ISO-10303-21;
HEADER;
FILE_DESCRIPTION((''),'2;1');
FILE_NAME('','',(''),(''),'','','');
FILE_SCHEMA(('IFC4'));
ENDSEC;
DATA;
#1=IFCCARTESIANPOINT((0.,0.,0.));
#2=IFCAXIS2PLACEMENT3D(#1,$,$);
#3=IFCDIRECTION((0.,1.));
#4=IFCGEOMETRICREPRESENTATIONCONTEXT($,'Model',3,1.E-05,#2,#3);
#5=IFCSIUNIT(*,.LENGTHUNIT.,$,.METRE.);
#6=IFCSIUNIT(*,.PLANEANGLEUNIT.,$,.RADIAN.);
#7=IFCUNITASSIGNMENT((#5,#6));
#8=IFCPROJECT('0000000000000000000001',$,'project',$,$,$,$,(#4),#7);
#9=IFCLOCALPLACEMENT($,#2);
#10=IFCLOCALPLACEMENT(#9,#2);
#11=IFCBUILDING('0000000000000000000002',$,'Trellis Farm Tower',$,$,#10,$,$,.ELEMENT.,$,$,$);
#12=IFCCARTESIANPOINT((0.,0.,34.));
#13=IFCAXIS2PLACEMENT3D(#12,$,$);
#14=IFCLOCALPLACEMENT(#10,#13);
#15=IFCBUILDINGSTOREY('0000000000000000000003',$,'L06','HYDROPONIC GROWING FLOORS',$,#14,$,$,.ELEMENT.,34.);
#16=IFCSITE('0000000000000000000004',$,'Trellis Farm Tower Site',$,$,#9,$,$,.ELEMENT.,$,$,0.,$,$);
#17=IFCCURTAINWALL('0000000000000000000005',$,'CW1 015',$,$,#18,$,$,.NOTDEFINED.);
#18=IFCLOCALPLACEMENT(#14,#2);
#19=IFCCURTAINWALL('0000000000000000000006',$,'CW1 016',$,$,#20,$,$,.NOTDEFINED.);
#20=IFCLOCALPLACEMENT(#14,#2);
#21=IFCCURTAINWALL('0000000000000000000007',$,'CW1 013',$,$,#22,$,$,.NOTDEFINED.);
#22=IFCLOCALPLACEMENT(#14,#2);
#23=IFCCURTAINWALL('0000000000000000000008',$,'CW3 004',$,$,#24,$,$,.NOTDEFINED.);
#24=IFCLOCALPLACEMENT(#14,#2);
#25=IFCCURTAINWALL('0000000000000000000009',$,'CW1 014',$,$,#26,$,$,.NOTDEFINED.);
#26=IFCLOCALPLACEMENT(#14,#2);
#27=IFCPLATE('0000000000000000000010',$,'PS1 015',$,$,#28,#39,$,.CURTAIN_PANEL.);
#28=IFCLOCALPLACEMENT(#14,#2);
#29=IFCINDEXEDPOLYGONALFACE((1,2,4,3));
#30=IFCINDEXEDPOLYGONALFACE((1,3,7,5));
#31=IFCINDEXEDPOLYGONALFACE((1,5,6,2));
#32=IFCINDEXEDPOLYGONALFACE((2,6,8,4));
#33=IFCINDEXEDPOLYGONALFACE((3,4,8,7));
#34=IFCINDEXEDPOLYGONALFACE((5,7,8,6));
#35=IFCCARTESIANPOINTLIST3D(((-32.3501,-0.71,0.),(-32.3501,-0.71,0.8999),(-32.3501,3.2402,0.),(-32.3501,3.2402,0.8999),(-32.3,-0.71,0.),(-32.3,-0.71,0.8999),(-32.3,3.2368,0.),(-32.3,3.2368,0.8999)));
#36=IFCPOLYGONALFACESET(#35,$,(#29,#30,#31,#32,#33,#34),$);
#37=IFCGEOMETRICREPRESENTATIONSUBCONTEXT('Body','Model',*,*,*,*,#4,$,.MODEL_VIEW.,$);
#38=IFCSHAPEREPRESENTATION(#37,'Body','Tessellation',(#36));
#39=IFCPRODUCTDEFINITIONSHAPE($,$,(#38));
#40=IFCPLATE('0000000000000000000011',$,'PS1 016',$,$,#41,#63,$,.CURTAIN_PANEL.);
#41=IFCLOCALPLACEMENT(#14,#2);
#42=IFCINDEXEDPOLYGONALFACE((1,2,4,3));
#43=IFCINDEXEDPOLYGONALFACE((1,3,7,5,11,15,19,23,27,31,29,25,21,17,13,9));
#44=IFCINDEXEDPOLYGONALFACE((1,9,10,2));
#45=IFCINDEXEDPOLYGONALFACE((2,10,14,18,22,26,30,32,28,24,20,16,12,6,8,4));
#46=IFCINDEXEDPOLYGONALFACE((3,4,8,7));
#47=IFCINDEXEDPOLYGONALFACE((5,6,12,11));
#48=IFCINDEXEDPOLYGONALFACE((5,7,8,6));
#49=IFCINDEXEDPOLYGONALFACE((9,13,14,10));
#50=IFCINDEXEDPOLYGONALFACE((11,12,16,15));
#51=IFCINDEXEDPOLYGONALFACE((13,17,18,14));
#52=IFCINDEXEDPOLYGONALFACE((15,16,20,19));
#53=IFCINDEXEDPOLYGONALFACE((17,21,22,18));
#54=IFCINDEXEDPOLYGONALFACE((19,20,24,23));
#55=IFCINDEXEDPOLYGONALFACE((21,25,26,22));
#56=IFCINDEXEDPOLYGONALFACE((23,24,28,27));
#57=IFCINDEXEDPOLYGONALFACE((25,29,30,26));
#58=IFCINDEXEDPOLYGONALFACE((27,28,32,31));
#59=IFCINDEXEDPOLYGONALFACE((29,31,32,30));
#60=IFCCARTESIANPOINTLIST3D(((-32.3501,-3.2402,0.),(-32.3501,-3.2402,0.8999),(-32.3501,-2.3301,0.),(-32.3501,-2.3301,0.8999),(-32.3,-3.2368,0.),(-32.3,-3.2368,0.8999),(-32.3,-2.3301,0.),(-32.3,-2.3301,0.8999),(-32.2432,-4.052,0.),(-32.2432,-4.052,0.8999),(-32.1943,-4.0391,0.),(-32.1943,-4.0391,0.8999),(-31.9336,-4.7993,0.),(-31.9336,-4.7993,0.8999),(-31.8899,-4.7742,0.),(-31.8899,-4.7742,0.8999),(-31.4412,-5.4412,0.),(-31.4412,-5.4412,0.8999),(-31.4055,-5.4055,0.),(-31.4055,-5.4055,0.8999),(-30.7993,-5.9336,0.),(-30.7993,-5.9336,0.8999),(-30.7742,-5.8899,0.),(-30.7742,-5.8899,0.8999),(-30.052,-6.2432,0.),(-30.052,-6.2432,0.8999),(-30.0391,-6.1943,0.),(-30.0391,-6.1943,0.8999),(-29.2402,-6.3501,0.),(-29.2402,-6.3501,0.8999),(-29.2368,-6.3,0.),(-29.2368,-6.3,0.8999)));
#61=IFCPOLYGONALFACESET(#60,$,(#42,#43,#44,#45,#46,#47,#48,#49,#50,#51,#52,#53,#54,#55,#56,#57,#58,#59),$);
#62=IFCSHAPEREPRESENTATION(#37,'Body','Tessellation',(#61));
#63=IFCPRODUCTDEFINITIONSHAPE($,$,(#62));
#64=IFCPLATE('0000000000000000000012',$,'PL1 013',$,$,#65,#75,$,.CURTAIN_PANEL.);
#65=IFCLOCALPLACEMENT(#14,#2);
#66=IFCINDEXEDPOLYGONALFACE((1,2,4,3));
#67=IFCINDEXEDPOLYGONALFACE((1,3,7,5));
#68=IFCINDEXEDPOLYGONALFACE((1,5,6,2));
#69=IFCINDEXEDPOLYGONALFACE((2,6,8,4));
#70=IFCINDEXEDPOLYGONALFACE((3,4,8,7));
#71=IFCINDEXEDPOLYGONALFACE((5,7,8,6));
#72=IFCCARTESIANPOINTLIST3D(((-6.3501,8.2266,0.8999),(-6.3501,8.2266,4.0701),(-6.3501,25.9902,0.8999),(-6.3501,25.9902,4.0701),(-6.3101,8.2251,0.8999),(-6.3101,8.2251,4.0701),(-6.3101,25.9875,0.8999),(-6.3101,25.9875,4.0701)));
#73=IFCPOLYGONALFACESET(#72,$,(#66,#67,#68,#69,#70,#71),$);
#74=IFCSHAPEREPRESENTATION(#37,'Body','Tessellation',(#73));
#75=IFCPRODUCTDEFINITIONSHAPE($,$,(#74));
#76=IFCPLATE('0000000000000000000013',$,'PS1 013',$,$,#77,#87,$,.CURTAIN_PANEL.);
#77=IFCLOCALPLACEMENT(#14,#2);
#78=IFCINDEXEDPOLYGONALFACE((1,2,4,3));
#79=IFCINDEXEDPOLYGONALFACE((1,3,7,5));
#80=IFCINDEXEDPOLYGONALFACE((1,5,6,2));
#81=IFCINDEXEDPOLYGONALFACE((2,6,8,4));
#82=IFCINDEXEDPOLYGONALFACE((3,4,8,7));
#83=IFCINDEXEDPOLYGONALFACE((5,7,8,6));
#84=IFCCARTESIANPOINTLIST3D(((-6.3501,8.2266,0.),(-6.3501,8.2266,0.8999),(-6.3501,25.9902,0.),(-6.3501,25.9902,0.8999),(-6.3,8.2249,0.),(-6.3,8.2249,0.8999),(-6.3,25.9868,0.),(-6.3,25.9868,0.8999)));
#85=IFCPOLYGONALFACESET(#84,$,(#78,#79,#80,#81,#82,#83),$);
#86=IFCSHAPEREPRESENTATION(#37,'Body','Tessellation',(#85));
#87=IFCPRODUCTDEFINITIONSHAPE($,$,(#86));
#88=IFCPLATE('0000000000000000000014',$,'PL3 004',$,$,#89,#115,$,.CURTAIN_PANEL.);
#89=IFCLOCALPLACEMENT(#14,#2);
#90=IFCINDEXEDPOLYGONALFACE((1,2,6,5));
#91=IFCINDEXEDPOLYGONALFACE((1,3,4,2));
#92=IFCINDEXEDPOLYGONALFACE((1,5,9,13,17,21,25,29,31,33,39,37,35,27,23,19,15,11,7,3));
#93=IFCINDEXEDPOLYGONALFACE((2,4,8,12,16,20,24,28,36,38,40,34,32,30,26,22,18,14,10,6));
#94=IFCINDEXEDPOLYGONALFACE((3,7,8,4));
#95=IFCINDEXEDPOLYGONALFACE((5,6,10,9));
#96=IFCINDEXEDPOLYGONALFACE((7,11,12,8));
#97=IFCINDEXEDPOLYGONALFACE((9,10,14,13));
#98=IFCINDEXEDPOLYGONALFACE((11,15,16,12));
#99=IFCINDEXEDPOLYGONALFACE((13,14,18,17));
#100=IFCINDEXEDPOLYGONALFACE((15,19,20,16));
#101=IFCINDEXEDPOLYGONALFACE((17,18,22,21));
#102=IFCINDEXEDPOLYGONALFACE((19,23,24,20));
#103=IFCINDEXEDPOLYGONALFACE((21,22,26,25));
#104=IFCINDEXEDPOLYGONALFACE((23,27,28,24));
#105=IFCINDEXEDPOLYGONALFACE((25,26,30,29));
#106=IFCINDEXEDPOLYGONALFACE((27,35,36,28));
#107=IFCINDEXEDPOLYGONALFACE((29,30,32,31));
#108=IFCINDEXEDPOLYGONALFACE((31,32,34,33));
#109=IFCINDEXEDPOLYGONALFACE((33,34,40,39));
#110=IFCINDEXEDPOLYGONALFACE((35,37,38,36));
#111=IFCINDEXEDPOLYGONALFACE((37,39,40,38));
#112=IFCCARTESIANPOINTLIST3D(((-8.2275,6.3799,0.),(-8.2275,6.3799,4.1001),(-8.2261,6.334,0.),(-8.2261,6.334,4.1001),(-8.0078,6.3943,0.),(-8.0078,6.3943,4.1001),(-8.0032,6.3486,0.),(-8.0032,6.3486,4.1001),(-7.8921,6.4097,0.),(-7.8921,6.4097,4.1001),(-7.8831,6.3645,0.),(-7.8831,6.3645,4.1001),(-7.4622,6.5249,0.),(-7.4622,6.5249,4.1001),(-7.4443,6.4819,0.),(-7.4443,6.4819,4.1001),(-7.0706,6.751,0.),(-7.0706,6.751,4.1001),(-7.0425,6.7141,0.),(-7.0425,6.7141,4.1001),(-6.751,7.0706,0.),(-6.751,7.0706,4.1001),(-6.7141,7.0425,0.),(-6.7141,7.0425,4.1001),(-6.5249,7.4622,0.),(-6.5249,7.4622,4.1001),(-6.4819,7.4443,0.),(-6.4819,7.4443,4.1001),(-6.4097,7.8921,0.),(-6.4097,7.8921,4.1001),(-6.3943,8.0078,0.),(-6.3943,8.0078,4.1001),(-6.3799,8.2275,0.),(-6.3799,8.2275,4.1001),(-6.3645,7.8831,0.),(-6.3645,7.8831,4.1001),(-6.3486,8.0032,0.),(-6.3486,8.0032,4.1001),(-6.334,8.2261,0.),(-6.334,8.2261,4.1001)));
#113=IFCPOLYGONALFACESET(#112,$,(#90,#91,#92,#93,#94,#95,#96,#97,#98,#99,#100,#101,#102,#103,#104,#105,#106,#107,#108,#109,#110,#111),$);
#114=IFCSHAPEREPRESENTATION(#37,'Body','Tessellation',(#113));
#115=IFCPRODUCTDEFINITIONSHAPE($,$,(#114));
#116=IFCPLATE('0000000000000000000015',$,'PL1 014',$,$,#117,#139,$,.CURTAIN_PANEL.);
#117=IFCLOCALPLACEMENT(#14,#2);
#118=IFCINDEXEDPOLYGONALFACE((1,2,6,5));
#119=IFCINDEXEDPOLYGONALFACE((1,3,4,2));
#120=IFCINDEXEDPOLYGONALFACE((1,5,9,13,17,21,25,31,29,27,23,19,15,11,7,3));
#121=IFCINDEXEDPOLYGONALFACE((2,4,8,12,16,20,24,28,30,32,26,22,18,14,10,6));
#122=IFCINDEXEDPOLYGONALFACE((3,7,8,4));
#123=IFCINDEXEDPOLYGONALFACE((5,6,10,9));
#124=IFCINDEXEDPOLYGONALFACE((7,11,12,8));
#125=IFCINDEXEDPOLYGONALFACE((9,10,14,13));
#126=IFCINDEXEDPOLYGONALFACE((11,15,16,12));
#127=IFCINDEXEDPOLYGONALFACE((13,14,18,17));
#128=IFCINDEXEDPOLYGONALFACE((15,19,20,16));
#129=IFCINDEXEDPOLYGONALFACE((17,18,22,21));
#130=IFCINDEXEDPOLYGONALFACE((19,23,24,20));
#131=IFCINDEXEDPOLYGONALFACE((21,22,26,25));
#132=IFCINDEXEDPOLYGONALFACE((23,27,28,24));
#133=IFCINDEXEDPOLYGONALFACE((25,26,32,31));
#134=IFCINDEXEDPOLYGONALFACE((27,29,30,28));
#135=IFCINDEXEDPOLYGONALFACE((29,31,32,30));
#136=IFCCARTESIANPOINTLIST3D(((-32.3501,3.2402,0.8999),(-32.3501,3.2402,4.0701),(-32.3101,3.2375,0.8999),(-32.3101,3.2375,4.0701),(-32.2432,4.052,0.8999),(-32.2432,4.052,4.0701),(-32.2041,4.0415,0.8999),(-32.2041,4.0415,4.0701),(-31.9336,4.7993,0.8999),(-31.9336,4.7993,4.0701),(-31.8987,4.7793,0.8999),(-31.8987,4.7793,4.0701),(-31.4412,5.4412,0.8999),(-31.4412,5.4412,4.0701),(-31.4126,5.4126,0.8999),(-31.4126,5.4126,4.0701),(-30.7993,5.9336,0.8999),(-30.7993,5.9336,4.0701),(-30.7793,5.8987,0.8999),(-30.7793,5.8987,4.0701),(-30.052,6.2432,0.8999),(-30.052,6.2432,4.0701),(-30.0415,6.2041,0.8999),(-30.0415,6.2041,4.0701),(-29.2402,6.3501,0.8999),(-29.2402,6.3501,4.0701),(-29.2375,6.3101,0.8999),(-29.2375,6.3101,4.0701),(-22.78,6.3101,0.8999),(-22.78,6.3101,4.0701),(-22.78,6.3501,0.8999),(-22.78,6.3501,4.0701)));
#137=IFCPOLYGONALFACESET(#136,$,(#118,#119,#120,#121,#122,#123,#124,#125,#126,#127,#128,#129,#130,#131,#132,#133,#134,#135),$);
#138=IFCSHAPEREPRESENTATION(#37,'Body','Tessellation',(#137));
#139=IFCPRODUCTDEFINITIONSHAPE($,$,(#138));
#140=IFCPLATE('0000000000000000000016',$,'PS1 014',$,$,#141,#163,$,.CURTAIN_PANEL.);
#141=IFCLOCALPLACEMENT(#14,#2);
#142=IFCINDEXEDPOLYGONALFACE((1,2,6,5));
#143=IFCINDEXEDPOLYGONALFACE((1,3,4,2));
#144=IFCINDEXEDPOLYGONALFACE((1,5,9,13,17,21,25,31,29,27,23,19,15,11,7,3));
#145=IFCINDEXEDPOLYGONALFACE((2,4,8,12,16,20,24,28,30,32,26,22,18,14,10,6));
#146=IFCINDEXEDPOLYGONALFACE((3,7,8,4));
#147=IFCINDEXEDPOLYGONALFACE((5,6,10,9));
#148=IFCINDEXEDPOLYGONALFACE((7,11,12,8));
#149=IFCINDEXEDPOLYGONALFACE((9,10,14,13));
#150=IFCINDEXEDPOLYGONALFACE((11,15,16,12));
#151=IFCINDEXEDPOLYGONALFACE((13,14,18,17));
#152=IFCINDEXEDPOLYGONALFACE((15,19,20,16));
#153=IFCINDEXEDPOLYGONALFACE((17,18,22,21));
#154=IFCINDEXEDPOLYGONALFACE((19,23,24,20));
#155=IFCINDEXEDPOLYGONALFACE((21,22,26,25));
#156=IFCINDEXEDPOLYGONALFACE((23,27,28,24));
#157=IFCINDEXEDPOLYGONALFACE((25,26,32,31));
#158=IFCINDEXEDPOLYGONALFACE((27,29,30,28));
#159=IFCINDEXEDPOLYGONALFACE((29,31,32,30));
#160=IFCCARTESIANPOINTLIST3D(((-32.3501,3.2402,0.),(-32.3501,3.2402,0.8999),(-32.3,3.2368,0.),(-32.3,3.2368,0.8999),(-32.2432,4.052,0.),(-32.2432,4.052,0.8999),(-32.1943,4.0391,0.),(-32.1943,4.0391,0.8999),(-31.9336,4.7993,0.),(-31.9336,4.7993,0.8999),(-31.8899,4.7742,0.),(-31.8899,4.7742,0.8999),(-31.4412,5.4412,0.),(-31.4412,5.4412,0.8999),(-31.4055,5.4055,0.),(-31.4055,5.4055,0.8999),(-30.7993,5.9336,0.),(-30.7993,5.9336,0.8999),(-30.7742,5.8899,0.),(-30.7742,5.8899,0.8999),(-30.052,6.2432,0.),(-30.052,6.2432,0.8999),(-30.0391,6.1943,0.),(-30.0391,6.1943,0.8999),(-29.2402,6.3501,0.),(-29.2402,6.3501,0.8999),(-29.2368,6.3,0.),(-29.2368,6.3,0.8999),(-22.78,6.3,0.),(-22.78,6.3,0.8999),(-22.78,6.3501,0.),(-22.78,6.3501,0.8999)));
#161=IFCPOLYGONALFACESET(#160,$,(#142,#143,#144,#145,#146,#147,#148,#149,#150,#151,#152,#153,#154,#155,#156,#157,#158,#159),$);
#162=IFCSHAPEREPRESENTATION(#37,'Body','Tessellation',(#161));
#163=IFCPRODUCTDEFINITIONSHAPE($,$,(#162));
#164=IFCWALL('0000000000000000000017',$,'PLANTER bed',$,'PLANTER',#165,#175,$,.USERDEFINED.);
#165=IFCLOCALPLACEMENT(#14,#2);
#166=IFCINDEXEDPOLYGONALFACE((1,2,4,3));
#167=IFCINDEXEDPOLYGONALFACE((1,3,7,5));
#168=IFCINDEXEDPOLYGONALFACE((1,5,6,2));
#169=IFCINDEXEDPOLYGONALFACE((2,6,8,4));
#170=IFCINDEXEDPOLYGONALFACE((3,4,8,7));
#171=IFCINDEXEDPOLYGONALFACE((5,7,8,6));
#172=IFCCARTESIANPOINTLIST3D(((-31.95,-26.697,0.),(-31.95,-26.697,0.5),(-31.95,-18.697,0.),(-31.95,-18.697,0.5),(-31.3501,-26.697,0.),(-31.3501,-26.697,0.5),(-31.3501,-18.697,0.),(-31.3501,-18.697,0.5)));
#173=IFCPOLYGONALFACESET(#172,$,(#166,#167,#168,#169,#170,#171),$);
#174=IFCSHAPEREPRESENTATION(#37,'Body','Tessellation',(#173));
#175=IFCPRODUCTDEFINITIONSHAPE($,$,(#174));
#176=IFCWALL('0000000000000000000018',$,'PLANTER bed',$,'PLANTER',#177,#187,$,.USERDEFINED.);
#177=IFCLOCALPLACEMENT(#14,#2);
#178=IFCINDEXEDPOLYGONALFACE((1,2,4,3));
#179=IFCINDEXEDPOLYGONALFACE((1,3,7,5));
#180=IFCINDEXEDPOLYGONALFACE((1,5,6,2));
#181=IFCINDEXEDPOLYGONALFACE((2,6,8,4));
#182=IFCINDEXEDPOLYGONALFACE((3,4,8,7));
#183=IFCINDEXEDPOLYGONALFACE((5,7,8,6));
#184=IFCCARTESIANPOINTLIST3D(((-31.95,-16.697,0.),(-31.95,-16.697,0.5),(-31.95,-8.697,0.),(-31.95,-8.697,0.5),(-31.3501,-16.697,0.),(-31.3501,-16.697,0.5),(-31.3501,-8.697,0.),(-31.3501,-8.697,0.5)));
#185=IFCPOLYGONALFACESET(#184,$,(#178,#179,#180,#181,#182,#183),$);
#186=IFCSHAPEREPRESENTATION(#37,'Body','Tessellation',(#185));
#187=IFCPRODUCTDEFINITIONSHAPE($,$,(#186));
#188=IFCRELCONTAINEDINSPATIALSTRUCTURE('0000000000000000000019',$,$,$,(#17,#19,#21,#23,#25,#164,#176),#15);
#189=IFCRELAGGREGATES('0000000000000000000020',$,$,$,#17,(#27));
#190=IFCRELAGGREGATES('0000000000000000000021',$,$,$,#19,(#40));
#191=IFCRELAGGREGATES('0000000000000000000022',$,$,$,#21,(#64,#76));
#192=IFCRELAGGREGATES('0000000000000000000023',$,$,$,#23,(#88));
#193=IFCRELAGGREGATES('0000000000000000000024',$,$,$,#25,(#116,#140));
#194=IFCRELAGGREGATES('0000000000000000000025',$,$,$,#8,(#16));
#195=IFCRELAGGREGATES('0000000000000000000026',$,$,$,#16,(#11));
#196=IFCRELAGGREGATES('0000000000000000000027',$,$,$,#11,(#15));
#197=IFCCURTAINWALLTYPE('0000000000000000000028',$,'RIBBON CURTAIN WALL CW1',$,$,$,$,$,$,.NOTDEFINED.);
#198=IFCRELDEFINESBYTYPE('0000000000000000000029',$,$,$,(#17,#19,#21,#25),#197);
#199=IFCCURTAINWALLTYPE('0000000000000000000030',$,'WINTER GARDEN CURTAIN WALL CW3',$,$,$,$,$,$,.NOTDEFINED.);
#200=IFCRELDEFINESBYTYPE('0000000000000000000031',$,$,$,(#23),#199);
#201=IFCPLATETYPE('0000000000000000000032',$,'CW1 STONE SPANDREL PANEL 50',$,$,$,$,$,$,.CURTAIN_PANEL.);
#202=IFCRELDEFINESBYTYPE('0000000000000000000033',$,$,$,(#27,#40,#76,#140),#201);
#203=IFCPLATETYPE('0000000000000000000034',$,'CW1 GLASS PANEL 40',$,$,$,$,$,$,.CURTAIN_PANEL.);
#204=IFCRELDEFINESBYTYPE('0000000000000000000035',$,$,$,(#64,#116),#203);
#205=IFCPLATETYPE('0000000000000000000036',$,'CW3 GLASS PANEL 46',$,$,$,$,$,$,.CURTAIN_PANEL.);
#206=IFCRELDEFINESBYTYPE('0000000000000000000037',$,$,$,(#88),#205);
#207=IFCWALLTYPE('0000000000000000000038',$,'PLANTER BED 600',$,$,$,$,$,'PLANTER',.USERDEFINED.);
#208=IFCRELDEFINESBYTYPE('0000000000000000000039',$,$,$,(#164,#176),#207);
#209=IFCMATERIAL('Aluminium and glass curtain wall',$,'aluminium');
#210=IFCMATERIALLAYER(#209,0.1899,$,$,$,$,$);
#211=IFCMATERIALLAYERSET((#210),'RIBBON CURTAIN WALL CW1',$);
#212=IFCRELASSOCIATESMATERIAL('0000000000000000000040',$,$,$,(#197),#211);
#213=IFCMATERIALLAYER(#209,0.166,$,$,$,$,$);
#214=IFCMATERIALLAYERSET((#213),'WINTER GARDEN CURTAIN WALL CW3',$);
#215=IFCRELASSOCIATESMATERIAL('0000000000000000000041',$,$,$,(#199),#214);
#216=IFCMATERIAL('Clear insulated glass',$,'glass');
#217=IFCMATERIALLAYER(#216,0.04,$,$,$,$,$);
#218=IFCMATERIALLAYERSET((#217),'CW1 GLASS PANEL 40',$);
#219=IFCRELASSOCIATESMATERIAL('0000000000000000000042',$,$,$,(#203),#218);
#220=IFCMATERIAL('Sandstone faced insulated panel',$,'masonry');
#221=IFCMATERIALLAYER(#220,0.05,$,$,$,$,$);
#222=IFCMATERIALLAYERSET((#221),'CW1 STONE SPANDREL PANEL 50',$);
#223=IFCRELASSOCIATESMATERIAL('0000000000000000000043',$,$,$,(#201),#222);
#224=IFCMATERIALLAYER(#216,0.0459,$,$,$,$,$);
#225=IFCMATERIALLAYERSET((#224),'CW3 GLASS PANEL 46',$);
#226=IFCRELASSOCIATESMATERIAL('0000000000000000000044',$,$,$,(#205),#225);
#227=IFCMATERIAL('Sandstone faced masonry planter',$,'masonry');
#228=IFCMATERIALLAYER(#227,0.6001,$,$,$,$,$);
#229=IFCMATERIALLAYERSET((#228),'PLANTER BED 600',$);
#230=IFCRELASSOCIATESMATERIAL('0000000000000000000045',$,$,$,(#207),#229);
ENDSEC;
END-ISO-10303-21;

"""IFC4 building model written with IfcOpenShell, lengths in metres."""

from ifc_helpers import new_model, si_unit, direction, frame, origin, place, context, subcontext, project, spatial, polyline, outline, extrude, source, transform, mapped, material, layer, layer_set, type_object, element, aggregate, save


model = new_model("IFC4")

# Units and contexts
model_context = context("Model", 3, precision=1e-05, world=origin(), true_north=direction((0.0, 1.0)))
body_context = subcontext(model_context, "Body", "Model", "MODEL_VIEW")
ifc_project = project(units=[si_unit("LENGTHUNIT", "METRE"), si_unit("PLANEANGLEUNIT", "RADIAN")], contexts=[model_context])

# Site, building, storey
site_placement = place(None, origin())
site = spatial("IfcSite", under=ifc_project, at=site_placement, Name="Trellis Farm Tower Site", CompositionType="ELEMENT", RefElevation=0.0)
building_placement = place(site_placement, origin())
building = spatial("IfcBuilding", under=site, at=building_placement, Name="Trellis Farm Tower", CompositionType="ELEMENT")
storey_placement = place(building_placement, frame((0.0, 0.0, 34.0)))
storey = spatial("IfcBuildingStorey", under=building, at=storey_placement, Name="L06", Description="HYDROPONIC GROWING FLOORS", CompositionType="ELEMENT", Elevation=34.0)

# Curtain walls
ifc_material_1 = material(Name="Aluminium and glass curtain wall", Category="aluminium")
ifc_layer_1 = layer(ifc_material_1, 0.1899)
ifc_layer_set_1 = layer_set([ifc_layer_1], Name="RIBBON CURTAIN WALL CW1")
curtain_wall_type_1 = type_object("IfcCurtainWallType", Name="RIBBON CURTAIN WALL CW1", PredefinedType="NOTDEFINED", material=ifc_layer_set_1)
placement_1 = place(storey_placement, origin())
curtain_wall_1 = element("IfcCurtainWall", 1, at=placement_1, inside=storey, type_object=curtain_wall_type_1, Name="CW1 015", PredefinedType="NOTDEFINED")
curtain_wall_2 = element("IfcCurtainWall", 2, at=placement_1, inside=storey, type_object=curtain_wall_type_1, Name="CW1 016", PredefinedType="NOTDEFINED")

# Curtain walls
curtain_wall_3 = element("IfcCurtainWall", 3, at=placement_1, inside=storey, type_object=curtain_wall_type_1, Name="CW1 013", PredefinedType="NOTDEFINED")
ifc_layer_2 = layer(ifc_material_1, 0.166)
ifc_layer_set_2 = layer_set([ifc_layer_2], Name="WINTER GARDEN CURTAIN WALL CW3")
curtain_wall_type_2 = type_object("IfcCurtainWallType", Name="WINTER GARDEN CURTAIN WALL CW3", PredefinedType="NOTDEFINED", material=ifc_layer_set_2)
curtain_wall_4 = element("IfcCurtainWall", 4, at=placement_1, inside=storey, type_object=curtain_wall_type_2, Name="CW3 004", PredefinedType="NOTDEFINED")
curtain_wall_5 = element("IfcCurtainWall", 5, at=placement_1, inside=storey, type_object=curtain_wall_type_1, Name="CW1 014", PredefinedType="NOTDEFINED")

# Plates
ifc_material_2 = material(Name="Clear insulated glass", Category="glass")
ifc_layer_3 = layer(ifc_material_2, 0.04)
ifc_layer_set_3 = layer_set([ifc_layer_3], Name="CW1 GLASS PANEL 40")
plate_type_1 = type_object("IfcPlateType", Name="CW1 GLASS PANEL 40", PredefinedType="CURTAIN_PANEL", material=ifc_layer_set_3)
placement_2 = place(storey_placement, frame((0.0, 0.0, 0.8999)))
ifc_material_3 = material(Name="Sandstone faced insulated panel", Category="masonry")
ifc_layer_4 = layer(ifc_material_3, 0.05)
ifc_layer_set_4 = layer_set([ifc_layer_4], Name="CW1 STONE SPANDREL PANEL 50")
plate_type_2 = type_object("IfcPlateType", Name="CW1 STONE SPANDREL PANEL 50", PredefinedType="CURTAIN_PANEL", material=ifc_layer_set_4)
plate_1 = element("IfcPlate", 6, at=placement_1, type_object=plate_type_2, Name="PS1 015", PredefinedType="CURTAIN_PANEL", context=body_context, shape_type="SweptSolid", body=[
    extrude(outline(polyline([(-32.3501, 3.2402), (-32.3501, -0.71), (-32.3, -0.71), (-32.3, 3.2368), (-32.3501, 3.2402)])), origin(), (0.0, 0.0, 1.0), 0.8999),
])
aggregate(curtain_wall_1, [plate_1])
plate_2 = element("IfcPlate", 7, at=placement_1, type_object=plate_type_2, Name="PS1 016", PredefinedType="CURTAIN_PANEL", context=body_context, shape_type="SweptSolid", body=[
    extrude(outline(polyline([(-32.3501, -2.3301), (-32.3501, -3.2402), (-32.2432, -4.052), (-31.9336, -4.7993), (-31.4412, -5.4412), (-30.7993, -5.9336), (-30.052, -6.2432), (-29.2402, -6.3501), (-29.2368, -6.3), (-30.0391, -6.1943), (-30.7742, -5.8899), (-31.4055, -5.4055), (-31.8899, -4.7742), (-32.1943, -4.0391), (-32.3, -3.2368), (-32.3, -2.3301), (-32.3501, -2.3301)])), origin(), (0.0, 0.0, 1.0), 0.8999),
])
aggregate(curtain_wall_2, [plate_2])
shared_shape_1 = source(origin(), body_context, "Body", "SweptSolid", [
    extrude(outline(polyline([(-6.3501, 25.9902), (-6.3501, 8.2266), (-6.3101, 8.2251), (-6.3101, 25.9875), (-6.3501, 25.9902)])), origin(), (0.0, 0.0, 1.0), 3.1702),
])
plate_3 = element("IfcPlate", 8, at=placement_2, type_object=plate_type_1, Name="PL1 013", PredefinedType="CURTAIN_PANEL", context=body_context, shape_type="MappedRepresentation", body=[
    mapped(shared_shape_1, transform((0.0, 0.0, 0.0))),
])
shared_shape_2 = source(origin(), body_context, "Body", "SweptSolid", [
    extrude(outline(polyline([(-6.3501, 25.9902), (-6.3501, 8.2266), (-6.3, 8.2249), (-6.3, 25.9868), (-6.3501, 25.9902)])), origin(), (0.0, 0.0, 1.0), 0.8999),
])
plate_4 = element("IfcPlate", 9, at=placement_1, type_object=plate_type_2, Name="PS1 013", PredefinedType="CURTAIN_PANEL", context=body_context, shape_type="MappedRepresentation", body=[
    mapped(shared_shape_2, transform((0.0, 0.0, 0.0))),
])
aggregate(curtain_wall_3, [plate_3, plate_4])
ifc_layer_5 = layer(ifc_material_2, 0.0459)
ifc_layer_set_5 = layer_set([ifc_layer_5], Name="CW3 GLASS PANEL 46")
plate_type_3 = type_object("IfcPlateType", Name="CW3 GLASS PANEL 46", PredefinedType="CURTAIN_PANEL", material=ifc_layer_set_5)
shared_shape_3 = source(origin(), body_context, "Body", "SweptSolid", [
    extrude(outline(polyline([(-6.3799, 8.2275), (-6.3943, 8.0078), (-6.4097, 7.8921), (-6.5249, 7.4622), (-6.751, 7.0706), (-7.0706, 6.751), (-7.4622, 6.5249), (-7.8921, 6.4097), (-8.0078, 6.3943), (-8.2275, 6.3799), (-8.2261, 6.334), (-8.0032, 6.3486), (-7.8831, 6.3645), (-7.4443, 6.4819), (-7.0425, 6.7141), (-6.7141, 7.0425), (-6.4819, 7.4443), (-6.3645, 7.8831), (-6.3486, 8.0032), (-6.334, 8.2261), (-6.3799, 8.2275)])), origin(), (0.0, 0.0, 1.0), 4.1001),
])
plate_5 = element("IfcPlate", 10, at=placement_1, type_object=plate_type_3, Name="PL3 004", PredefinedType="CURTAIN_PANEL", context=body_context, shape_type="MappedRepresentation", body=[
    mapped(shared_shape_3, transform((0.0, 0.0, 0.0))),
])
aggregate(curtain_wall_4, [plate_5])
shared_shape_4 = source(origin(), body_context, "Body", "SweptSolid", [
    extrude(outline(polyline([(-22.78, 6.3501), (-29.2402, 6.3501), (-30.052, 6.2432), (-30.7993, 5.9336), (-31.4412, 5.4412), (-31.9336, 4.7993), (-32.2432, 4.052), (-32.3501, 3.2402), (-32.3101, 3.2375), (-32.2041, 4.0415), (-31.8987, 4.7793), (-31.4126, 5.4126), (-30.7793, 5.8987), (-30.0415, 6.2041), (-29.2375, 6.3101), (-22.78, 6.3101), (-22.78, 6.3501)])), origin(), (0.0, 0.0, 1.0), 3.1702),
])
plate_6 = element("IfcPlate", 11, at=placement_2, type_object=plate_type_1, Name="PL1 014", PredefinedType="CURTAIN_PANEL", context=body_context, shape_type="MappedRepresentation", body=[
    mapped(shared_shape_4, transform((0.0, 0.0, 0.0))),
])
shared_shape_5 = source(origin(), body_context, "Body", "SweptSolid", [
    extrude(outline(polyline([(-22.78, 6.3501), (-29.2402, 6.3501), (-30.052, 6.2432), (-30.7993, 5.9336), (-31.4412, 5.4412), (-31.9336, 4.7993), (-32.2432, 4.052), (-32.3501, 3.2402), (-32.3, 3.2368), (-32.1943, 4.0391), (-31.8899, 4.7742), (-31.4055, 5.4055), (-30.7742, 5.8899), (-30.0391, 6.1943), (-29.2368, 6.3), (-22.78, 6.3), (-22.78, 6.3501)])), origin(), (0.0, 0.0, 1.0), 0.8999),
])
plate_7 = element("IfcPlate", 12, at=placement_1, type_object=plate_type_2, Name="PS1 014", PredefinedType="CURTAIN_PANEL", context=body_context, shape_type="MappedRepresentation", body=[
    mapped(shared_shape_5, transform((0.0, 0.0, 0.0))),
])
aggregate(curtain_wall_5, [plate_6, plate_7])

# Walls
ifc_material_4 = material(Name="Sandstone faced masonry planter", Category="masonry")
ifc_layer_6 = layer(ifc_material_4, 0.6001)
ifc_layer_set_6 = layer_set([ifc_layer_6], Name="PLANTER BED 600")
wall_type_1 = type_object("IfcWallType", Name="PLANTER BED 600", ElementType="PLANTER", PredefinedType="USERDEFINED", material=ifc_layer_set_6)
element("IfcWall", 13, at=placement_1, inside=storey, type_object=wall_type_1, Name="PLANTER bed", ObjectType="PLANTER", PredefinedType="USERDEFINED", context=body_context, shape_type="SweptSolid", body=[
    extrude(outline(polyline([(-31.95, -18.697), (-31.3501, -18.697), (-31.3501, -26.697), (-31.95, -26.697), (-31.95, -18.697)])), origin(), (0.0, 0.0, 1.0), 0.5),
])
element("IfcWall", 14, at=placement_1, inside=storey, type_object=wall_type_1, Name="PLANTER bed", ObjectType="PLANTER", PredefinedType="USERDEFINED", context=body_context, shape_type="SweptSolid", body=[
    extrude(outline(polyline([(-31.3501, -8.697), (-31.3501, -16.697), (-31.95, -16.697), (-31.95, -8.697), (-31.3501, -8.697)])), origin(), (0.0, 0.0, 1.0), 0.5),
])

save(model, "model.ifc")
